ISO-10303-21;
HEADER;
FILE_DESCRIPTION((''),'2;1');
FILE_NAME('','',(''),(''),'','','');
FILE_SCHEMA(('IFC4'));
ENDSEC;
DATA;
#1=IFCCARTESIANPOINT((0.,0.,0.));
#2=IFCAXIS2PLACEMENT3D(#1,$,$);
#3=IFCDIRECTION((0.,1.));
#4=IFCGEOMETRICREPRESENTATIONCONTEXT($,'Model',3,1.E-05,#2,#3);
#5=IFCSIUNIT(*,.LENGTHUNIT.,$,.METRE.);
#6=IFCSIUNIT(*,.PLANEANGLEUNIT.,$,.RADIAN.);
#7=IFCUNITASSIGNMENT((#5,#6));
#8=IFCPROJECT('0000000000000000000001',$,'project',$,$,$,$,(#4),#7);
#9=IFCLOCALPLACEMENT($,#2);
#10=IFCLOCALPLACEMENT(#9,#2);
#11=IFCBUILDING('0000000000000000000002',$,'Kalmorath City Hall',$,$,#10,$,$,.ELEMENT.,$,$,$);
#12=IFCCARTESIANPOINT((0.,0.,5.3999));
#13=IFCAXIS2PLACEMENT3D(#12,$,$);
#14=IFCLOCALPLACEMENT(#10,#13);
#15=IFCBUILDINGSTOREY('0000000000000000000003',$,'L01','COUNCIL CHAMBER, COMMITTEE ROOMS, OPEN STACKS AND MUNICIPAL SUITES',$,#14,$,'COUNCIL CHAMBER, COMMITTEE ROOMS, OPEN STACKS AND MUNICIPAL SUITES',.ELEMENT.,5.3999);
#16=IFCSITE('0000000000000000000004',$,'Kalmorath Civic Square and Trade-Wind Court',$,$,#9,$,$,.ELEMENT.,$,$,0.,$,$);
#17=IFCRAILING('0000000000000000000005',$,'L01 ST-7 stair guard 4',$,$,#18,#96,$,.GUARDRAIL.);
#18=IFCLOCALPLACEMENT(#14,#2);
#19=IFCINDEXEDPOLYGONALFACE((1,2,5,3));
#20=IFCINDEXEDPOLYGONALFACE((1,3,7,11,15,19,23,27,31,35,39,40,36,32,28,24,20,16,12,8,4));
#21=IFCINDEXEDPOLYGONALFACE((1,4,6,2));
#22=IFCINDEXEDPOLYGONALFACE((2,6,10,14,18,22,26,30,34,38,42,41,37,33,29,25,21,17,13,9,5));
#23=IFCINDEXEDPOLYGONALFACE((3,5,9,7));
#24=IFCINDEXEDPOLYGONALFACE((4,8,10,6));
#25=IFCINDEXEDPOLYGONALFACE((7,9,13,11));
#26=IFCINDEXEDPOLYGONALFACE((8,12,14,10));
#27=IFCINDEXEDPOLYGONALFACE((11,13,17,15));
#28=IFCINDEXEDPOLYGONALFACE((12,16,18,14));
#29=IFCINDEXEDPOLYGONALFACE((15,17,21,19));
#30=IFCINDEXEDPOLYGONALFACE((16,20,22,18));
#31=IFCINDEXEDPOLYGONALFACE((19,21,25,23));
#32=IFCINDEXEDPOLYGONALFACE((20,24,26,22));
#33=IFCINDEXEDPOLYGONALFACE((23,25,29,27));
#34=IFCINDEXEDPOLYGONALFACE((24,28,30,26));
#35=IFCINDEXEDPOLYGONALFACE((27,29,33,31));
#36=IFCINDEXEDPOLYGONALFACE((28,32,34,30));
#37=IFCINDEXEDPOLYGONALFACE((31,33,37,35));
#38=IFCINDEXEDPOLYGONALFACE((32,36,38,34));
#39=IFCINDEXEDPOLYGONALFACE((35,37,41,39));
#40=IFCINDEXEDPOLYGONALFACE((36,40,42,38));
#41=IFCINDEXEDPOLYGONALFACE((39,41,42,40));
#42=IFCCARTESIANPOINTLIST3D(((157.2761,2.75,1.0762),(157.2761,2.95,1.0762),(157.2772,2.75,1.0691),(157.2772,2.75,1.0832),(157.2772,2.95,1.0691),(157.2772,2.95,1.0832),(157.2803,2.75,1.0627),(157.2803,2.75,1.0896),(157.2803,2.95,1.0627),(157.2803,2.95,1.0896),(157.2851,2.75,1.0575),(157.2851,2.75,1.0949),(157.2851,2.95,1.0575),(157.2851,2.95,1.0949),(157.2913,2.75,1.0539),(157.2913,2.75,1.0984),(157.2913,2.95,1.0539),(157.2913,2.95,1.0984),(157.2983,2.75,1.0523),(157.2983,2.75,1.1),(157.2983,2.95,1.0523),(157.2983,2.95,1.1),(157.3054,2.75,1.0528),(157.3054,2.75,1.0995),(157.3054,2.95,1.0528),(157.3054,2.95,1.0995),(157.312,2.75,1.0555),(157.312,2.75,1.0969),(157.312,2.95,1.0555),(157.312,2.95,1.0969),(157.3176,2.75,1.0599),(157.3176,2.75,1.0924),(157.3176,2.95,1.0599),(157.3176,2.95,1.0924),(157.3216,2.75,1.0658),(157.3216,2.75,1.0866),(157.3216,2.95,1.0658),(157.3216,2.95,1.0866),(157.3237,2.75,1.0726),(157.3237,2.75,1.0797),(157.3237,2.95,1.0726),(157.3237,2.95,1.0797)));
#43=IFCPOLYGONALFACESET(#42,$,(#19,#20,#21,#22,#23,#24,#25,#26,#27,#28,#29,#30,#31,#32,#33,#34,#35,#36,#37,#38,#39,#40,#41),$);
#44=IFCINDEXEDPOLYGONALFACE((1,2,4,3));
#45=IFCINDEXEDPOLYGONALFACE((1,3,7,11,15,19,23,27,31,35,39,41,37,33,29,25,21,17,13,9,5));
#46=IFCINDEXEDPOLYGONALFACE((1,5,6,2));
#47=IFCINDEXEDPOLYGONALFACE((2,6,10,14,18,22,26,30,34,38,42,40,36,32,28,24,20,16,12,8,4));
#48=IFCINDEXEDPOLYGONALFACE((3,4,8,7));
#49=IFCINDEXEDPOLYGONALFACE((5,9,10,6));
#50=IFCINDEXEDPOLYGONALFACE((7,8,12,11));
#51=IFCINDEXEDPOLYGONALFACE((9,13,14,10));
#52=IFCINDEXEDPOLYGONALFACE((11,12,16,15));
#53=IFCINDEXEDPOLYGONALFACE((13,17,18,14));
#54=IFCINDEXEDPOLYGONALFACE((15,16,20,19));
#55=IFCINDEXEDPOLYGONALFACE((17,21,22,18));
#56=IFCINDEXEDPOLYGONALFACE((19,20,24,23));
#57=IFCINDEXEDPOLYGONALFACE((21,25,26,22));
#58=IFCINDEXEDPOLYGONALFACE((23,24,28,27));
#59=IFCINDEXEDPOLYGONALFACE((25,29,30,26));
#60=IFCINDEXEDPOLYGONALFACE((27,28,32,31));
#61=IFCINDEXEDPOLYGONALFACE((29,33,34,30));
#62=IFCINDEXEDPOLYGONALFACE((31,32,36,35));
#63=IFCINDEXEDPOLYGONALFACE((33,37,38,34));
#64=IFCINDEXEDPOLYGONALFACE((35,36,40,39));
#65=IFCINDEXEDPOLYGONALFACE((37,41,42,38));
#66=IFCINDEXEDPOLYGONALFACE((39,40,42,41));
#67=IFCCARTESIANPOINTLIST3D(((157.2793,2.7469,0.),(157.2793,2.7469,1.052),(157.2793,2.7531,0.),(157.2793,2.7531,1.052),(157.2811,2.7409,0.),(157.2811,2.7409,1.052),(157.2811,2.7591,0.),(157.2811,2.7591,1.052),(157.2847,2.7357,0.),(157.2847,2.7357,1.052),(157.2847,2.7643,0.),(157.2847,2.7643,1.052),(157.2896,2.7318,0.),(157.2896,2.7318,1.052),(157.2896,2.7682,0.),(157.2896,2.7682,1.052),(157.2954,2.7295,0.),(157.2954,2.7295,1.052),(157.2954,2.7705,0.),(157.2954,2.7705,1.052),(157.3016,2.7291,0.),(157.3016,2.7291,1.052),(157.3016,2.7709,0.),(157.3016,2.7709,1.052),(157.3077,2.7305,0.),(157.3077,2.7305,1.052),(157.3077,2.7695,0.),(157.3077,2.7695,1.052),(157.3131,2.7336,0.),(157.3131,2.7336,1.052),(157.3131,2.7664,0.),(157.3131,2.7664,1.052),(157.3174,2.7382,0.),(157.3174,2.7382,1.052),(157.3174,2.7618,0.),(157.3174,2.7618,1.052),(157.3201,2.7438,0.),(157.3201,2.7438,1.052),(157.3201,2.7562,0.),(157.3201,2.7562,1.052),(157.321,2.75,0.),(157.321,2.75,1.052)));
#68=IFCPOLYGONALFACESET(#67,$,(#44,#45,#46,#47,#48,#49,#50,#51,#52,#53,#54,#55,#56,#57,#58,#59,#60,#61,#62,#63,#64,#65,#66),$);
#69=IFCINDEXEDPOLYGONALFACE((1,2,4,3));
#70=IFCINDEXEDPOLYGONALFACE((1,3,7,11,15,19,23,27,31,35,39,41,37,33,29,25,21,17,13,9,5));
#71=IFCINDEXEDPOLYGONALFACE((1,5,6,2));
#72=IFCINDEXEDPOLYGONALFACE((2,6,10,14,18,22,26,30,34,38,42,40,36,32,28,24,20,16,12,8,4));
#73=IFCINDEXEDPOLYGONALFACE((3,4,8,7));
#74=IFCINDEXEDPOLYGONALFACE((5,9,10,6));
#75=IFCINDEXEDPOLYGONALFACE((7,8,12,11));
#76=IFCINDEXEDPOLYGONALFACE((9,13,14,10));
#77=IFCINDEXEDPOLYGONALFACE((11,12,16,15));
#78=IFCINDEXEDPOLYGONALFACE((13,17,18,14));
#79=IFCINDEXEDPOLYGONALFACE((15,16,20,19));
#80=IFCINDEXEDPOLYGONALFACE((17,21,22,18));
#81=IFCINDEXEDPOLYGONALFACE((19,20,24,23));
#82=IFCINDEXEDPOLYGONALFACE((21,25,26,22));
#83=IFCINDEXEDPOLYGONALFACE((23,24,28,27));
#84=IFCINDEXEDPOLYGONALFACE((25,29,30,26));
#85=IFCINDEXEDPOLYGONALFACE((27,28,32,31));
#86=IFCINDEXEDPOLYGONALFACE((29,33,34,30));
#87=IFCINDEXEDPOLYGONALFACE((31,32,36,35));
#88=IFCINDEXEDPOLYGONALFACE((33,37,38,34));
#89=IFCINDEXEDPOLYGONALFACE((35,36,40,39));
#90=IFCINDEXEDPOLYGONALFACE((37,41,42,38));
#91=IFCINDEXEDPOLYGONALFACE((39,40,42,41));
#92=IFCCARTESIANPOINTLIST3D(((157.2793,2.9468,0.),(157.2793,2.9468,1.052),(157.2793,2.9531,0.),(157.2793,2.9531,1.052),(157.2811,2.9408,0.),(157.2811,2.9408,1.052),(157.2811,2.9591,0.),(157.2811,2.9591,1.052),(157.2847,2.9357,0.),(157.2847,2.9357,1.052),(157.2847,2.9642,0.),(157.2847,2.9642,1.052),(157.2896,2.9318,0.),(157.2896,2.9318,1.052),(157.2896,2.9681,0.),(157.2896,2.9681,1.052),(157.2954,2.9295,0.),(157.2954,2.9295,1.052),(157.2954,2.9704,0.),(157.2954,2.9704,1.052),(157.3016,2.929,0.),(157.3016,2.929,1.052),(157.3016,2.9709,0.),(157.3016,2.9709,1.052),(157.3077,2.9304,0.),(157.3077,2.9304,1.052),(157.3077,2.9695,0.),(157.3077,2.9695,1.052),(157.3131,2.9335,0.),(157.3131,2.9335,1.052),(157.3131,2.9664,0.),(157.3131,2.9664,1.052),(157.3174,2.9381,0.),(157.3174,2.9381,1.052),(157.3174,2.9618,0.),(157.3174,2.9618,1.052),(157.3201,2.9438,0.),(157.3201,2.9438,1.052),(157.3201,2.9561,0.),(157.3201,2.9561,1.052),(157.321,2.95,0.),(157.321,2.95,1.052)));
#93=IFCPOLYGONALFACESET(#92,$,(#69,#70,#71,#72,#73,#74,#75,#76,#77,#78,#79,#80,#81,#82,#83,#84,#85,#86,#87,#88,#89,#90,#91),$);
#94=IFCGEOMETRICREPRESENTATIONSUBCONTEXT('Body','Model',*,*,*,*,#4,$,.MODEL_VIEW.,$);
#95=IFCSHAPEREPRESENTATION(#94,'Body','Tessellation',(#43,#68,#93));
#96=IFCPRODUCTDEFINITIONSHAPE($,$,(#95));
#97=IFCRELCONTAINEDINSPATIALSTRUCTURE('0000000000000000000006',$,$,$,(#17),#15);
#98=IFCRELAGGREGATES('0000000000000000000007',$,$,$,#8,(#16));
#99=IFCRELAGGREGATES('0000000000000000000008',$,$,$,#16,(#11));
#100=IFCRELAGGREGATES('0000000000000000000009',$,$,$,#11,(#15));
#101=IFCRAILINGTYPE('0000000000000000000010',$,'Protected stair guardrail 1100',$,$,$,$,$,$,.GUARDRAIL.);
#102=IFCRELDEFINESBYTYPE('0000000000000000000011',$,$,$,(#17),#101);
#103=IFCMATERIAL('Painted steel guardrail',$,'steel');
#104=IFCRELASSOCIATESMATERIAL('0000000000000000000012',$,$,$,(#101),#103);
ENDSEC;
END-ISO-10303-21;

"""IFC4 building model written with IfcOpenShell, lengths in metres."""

from ifc_helpers import new_model, si_unit, direction, frame, origin, origin_2d, place, context, subcontext, project, spatial, circle, extrude, material, type_object, element, save


model = new_model("IFC4")

# Units and contexts
model_context = context("Model", 3, precision=1e-05, world=origin(), true_north=direction((0.0, 1.0)))
body_context = subcontext(model_context, "Body", "Model", "MODEL_VIEW")
ifc_project = project(units=[si_unit("LENGTHUNIT", "METRE"), si_unit("PLANEANGLEUNIT", "RADIAN")], contexts=[model_context])

# Site, building, storey
site_placement = place(None, origin())
site = spatial("IfcSite", under=ifc_project, at=site_placement, Name="Kalmorath Civic Square and Trade-Wind Court", CompositionType="ELEMENT", RefElevation=0.0)
building_placement = place(site_placement, origin())
building = spatial("IfcBuilding", under=site, at=building_placement, Name="Kalmorath City Hall", CompositionType="ELEMENT")
storey_placement = place(building_placement, frame((0.0, 0.0, 5.3999)))
storey = spatial("IfcBuildingStorey", under=building, at=storey_placement, Name="L01", Description="COUNCIL CHAMBER, COMMITTEE ROOMS, OPEN STACKS AND MUNICIPAL SUITES", LongName="COUNCIL CHAMBER, COMMITTEE ROOMS, OPEN STACKS AND MUNICIPAL SUITES", CompositionType="ELEMENT", Elevation=5.3999)

# Railing
ifc_material_1 = material(Name="Painted steel guardrail", Category="steel")
railing_type_1 = type_object("IfcRailingType", Name="Protected stair guardrail 1100", PredefinedType="GUARDRAIL", material=ifc_material_1)
railing_1_placement = place(storey_placement, frame((157.3, 2.75, 0.0)))
element("IfcRailing", 1, at=railing_1_placement, inside=storey, type_object=railing_type_1, Name="L01 ST-7 stair guard 4", PredefinedType="GUARDRAIL", context=body_context, shape_type="SweptSolid", body=[
    extrude(circle(Radius=0.0239, at=origin_2d()), frame((0.0, 0.0, 1.0762), z_axis=(0.0, 1.0, 0.0), x_axis=(-1.0, 0.0, 0.0)), (0.0, 0.0, 1.0), 0.2),
    extrude(circle(Radius=0.021, at=origin_2d()), origin(), (0.0, 0.0, 1.0), 1.052),
    extrude(circle(Radius=0.021, at=origin_2d()), frame((0.0, 0.2, 0.0)), (0.0, 0.0, 1.0), 1.052),
])

save(model, "model.ifc")
